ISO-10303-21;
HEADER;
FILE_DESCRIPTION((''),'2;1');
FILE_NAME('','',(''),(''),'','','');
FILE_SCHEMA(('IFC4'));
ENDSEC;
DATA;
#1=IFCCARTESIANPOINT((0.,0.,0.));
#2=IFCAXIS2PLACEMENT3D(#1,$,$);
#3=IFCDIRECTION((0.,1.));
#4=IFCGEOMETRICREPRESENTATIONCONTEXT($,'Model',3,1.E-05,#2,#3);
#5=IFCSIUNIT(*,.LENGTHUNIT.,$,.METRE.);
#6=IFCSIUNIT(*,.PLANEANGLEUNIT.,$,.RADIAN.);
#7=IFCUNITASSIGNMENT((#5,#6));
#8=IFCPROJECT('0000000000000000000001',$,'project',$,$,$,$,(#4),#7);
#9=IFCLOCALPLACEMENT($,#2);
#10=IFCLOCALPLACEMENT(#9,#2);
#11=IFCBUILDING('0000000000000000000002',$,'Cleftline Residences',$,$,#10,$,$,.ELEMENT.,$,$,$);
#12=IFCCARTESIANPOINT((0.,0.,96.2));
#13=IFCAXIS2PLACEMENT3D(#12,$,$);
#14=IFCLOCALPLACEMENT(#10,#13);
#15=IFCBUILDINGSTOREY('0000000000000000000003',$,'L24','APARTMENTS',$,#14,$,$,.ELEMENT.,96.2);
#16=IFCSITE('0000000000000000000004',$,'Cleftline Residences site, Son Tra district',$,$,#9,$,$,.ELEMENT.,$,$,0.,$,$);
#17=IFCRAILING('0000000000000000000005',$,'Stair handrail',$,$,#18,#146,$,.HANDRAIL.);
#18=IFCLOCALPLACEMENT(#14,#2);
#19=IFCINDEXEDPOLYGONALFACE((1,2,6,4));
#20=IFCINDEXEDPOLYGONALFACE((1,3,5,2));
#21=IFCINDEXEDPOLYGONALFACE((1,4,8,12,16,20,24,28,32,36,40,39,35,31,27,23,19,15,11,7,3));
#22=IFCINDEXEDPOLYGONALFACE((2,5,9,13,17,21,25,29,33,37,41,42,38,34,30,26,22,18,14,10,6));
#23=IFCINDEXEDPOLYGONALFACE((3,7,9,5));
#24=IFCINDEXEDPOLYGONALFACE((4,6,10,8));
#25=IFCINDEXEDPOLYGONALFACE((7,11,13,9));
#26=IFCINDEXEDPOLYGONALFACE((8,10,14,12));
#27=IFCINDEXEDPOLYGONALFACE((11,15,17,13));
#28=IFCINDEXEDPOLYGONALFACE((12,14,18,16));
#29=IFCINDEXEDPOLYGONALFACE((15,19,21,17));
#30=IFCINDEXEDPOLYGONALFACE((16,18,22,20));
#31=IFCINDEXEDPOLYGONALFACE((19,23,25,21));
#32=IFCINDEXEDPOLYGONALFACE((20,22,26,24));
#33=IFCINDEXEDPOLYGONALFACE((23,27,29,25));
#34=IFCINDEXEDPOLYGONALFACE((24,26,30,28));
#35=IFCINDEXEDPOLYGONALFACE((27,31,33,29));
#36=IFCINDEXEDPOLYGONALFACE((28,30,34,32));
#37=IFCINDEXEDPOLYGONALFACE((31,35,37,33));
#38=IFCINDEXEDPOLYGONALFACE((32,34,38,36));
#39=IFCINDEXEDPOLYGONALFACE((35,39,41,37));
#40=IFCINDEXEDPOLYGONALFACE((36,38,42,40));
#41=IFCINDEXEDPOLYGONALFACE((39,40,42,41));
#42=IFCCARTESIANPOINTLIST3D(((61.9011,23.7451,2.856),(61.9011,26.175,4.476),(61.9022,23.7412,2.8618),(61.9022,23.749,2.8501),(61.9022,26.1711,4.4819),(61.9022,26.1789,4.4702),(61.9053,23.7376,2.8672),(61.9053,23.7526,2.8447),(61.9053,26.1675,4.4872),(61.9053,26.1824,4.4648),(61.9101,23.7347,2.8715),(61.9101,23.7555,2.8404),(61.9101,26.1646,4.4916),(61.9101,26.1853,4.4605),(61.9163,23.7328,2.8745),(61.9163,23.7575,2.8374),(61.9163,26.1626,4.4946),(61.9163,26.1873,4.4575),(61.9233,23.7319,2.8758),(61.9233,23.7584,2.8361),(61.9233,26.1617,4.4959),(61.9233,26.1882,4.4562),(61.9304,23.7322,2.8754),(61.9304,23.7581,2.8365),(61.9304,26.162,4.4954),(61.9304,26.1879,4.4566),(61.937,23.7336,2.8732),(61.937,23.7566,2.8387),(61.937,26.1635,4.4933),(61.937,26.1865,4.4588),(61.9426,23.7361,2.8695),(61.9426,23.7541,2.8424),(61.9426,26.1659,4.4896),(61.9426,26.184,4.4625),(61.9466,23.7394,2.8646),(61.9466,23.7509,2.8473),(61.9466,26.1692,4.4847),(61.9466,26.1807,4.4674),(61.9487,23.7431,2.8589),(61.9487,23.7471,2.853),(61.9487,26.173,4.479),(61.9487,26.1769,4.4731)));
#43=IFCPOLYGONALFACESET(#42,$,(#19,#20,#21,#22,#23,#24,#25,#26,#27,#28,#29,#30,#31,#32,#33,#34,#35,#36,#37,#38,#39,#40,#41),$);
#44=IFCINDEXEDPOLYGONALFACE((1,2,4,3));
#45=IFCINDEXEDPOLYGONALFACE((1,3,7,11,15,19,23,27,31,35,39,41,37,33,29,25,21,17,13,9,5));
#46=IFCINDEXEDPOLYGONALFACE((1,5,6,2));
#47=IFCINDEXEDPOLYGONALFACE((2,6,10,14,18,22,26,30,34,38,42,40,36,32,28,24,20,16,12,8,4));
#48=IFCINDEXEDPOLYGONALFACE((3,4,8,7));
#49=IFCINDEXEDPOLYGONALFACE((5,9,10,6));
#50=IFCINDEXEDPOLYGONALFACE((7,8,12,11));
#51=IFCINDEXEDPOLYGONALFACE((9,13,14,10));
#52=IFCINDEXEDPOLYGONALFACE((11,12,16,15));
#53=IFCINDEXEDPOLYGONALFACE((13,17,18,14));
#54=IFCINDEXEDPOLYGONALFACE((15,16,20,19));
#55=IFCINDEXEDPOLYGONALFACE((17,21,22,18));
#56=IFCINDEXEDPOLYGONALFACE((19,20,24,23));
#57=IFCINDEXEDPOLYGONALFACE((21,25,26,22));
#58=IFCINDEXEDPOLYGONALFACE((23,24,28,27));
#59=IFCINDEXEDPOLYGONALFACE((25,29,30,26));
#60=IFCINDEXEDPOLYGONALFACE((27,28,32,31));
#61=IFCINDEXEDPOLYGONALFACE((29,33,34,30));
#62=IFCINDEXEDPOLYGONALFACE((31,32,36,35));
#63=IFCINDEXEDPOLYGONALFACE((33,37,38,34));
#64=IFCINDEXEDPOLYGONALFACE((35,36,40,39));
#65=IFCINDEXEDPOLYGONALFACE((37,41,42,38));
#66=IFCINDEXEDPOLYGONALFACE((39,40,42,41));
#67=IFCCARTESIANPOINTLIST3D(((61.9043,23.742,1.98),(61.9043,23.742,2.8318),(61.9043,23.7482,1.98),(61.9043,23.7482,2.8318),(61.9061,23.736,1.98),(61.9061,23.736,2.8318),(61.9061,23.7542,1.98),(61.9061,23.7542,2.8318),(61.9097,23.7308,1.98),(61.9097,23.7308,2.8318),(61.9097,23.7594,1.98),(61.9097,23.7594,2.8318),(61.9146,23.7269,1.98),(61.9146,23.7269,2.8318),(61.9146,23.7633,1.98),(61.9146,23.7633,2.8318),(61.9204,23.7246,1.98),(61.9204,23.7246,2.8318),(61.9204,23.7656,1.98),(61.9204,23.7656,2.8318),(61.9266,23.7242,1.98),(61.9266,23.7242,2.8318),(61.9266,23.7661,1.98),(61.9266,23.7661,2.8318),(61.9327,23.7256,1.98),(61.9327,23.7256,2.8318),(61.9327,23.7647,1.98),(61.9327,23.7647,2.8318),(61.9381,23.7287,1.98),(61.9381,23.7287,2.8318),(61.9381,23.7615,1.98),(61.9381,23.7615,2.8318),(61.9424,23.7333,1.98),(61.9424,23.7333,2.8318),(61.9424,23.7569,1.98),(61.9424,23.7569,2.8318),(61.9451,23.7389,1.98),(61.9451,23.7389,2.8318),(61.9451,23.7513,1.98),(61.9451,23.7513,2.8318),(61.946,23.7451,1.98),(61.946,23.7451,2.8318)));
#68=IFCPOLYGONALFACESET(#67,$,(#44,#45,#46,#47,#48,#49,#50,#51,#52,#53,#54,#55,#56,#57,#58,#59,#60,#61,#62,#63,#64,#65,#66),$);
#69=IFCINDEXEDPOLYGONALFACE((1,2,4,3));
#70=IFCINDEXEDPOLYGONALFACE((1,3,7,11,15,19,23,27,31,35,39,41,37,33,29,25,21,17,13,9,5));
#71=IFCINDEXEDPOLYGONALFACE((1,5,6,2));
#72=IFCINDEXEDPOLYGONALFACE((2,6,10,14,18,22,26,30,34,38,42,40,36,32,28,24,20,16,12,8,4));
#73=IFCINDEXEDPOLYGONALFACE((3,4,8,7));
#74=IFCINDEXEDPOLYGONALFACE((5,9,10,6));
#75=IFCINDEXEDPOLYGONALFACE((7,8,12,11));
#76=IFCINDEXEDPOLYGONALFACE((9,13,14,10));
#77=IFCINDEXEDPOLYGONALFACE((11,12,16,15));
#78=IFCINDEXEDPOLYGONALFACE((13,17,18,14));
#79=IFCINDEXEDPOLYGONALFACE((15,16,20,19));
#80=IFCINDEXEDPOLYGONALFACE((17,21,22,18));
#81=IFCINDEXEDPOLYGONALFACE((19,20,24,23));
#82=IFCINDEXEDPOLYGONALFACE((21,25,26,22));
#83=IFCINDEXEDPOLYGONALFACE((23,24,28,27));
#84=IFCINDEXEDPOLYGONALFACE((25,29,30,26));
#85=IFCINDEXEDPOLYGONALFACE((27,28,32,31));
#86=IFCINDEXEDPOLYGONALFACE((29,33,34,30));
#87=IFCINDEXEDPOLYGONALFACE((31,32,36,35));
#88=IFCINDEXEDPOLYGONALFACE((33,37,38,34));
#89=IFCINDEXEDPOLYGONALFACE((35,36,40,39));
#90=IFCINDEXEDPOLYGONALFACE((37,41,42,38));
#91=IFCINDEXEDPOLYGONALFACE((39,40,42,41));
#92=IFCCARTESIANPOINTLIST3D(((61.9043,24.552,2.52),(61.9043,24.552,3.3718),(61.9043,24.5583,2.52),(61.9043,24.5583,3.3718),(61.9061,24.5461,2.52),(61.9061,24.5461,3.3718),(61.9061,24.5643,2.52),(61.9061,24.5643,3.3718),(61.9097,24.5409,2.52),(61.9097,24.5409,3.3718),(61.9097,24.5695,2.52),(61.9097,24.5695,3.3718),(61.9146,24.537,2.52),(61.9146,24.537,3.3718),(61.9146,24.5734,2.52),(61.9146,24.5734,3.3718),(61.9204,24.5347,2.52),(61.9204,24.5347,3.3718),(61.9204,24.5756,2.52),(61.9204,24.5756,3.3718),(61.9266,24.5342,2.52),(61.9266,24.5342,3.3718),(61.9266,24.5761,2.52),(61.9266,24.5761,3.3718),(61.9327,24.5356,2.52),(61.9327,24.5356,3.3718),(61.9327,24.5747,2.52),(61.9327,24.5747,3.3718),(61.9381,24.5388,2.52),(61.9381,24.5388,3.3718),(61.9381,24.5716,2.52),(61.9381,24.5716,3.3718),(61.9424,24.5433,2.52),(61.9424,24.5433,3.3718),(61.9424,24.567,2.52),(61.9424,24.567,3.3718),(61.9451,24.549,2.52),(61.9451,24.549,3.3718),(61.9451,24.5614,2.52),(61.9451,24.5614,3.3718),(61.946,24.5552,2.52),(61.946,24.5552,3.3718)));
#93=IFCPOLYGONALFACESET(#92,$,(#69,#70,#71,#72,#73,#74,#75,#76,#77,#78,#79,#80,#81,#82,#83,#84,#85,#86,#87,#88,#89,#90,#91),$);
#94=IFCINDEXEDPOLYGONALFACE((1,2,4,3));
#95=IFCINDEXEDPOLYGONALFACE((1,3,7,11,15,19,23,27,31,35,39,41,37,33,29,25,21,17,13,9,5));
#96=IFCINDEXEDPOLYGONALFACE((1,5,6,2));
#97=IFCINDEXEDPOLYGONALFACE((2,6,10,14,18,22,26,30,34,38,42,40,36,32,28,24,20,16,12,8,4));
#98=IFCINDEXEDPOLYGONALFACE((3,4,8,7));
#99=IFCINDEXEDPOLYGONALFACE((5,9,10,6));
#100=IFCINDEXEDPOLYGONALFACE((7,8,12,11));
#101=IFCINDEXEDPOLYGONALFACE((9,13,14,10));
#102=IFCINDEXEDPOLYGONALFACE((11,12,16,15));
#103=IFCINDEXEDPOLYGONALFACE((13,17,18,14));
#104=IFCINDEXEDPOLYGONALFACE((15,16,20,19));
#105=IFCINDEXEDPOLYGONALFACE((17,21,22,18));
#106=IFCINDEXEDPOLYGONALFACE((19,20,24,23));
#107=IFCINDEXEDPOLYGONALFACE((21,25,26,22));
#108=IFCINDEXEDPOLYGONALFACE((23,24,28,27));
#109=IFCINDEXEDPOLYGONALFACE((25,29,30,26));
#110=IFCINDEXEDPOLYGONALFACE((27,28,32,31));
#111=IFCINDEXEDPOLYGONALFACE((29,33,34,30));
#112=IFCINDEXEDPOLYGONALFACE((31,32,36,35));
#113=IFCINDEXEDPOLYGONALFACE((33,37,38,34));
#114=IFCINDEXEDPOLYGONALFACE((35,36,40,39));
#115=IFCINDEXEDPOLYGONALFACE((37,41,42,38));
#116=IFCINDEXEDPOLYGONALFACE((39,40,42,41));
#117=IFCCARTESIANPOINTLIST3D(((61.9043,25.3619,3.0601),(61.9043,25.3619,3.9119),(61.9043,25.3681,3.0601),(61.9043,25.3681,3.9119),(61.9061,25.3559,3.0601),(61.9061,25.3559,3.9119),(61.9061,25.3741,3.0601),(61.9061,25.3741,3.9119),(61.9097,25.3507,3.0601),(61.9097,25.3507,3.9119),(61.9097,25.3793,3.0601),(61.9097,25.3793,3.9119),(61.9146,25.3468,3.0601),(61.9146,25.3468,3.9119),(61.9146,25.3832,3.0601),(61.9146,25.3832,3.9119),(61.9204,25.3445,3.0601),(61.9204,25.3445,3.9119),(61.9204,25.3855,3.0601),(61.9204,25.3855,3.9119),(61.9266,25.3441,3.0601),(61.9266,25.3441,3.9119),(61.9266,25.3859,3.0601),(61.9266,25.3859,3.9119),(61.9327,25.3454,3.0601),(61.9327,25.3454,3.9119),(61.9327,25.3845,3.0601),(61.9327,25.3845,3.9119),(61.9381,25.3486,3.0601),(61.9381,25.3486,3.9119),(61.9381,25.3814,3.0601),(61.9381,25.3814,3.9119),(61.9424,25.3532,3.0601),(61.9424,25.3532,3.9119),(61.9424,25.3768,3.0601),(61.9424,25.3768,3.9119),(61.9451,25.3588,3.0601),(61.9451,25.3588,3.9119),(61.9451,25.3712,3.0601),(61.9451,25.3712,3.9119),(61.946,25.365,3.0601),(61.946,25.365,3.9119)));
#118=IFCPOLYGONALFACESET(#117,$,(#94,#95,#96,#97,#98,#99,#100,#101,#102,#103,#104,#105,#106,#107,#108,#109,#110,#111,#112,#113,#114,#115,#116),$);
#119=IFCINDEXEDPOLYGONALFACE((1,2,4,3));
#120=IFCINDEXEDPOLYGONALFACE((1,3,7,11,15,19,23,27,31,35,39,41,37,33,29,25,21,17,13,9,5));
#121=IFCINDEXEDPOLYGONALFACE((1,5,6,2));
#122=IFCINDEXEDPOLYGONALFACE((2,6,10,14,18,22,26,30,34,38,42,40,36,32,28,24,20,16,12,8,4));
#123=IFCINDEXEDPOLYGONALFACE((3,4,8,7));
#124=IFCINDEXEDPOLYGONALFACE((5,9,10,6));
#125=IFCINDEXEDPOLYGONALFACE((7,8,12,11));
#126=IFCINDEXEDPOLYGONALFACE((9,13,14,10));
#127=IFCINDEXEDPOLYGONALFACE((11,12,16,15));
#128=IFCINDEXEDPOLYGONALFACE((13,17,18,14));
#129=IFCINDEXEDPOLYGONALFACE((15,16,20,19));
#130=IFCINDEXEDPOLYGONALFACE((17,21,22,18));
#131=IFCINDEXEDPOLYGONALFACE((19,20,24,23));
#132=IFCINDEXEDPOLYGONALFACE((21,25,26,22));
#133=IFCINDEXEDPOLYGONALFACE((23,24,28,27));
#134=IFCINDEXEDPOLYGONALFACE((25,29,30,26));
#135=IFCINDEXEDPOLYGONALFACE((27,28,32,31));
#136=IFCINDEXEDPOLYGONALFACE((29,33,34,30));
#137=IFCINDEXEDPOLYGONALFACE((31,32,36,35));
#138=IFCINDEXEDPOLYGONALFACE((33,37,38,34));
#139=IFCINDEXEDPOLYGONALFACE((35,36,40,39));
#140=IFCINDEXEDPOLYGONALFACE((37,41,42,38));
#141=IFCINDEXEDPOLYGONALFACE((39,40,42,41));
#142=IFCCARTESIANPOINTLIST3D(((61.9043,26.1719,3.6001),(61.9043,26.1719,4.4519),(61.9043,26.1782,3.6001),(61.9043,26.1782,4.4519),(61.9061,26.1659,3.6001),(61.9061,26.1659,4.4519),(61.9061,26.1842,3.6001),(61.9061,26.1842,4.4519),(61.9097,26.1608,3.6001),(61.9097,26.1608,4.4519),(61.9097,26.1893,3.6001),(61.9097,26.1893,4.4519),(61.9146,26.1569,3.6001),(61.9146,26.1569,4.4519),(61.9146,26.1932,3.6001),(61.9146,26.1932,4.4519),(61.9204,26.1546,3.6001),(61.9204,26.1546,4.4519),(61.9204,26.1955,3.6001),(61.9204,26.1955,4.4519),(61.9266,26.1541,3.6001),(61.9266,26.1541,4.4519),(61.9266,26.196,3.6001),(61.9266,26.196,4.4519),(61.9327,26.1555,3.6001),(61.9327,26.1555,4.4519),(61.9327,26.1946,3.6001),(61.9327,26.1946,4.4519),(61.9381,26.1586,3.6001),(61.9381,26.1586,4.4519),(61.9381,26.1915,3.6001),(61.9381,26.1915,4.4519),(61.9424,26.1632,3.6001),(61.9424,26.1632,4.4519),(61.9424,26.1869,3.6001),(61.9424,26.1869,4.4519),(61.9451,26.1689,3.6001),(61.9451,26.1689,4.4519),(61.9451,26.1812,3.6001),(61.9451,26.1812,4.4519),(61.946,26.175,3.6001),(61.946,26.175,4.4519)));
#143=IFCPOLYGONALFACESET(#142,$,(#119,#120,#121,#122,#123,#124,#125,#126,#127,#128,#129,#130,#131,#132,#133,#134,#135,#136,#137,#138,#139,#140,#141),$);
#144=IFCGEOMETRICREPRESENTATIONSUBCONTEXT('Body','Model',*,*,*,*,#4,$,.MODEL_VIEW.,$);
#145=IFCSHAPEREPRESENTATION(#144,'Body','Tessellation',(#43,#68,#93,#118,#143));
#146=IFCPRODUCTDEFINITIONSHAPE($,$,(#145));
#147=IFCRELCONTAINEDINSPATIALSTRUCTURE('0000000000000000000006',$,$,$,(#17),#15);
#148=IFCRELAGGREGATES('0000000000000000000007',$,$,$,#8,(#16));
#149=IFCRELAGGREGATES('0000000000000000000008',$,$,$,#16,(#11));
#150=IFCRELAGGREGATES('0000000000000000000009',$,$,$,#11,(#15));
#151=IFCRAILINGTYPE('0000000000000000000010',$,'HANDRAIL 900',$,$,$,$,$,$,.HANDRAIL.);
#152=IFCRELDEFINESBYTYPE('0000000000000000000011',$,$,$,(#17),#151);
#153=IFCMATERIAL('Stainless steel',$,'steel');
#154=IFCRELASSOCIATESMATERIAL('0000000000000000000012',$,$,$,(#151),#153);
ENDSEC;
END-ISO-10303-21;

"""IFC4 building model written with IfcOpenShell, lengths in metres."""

from ifc_helpers import new_model, si_unit, direction, frame, origin, origin_2d, place, context, subcontext, project, spatial, circle, extrude, material, type_object, element, save


model = new_model("IFC4")

# Units and contexts
model_context = context("Model", 3, precision=1e-05, world=origin(), true_north=direction((0.0, 1.0)))
body_context = subcontext(model_context, "Body", "Model", "MODEL_VIEW")
ifc_project = project(units=[si_unit("LENGTHUNIT", "METRE"), si_unit("PLANEANGLEUNIT", "RADIAN")], contexts=[model_context])

# Site, building, storey
site_placement = place(None, origin())
site = spatial("IfcSite", under=ifc_project, at=site_placement, Name="Cleftline Residences site, Son Tra district", CompositionType="ELEMENT", RefElevation=0.0)
building_placement = place(site_placement, origin())
building = spatial("IfcBuilding", under=site, at=building_placement, Name="Cleftline Residences", CompositionType="ELEMENT")
storey_placement = place(building_placement, frame((0.0, 0.0, 96.2)))
storey = spatial("IfcBuildingStorey", under=building, at=storey_placement, Name="L24", Description="APARTMENTS", CompositionType="ELEMENT", Elevation=96.2)

# Railing
ifc_material_1 = material(Name="Stainless steel", Category="steel")
railing_type = type_object("IfcRailingType", Name="HANDRAIL 900", PredefinedType="HANDRAIL", material=ifc_material_1)
railing_placement = place(storey_placement, frame((61.925, 23.7451, 1.98)))
element("IfcRailing", 1, at=railing_placement, inside=storey, type_object=railing_type, Name="Stair handrail", PredefinedType="HANDRAIL", context=body_context, shape_type="SweptSolid", body=[
    extrude(circle(Radius=0.0239, at=origin_2d()), frame((0.0, 0.0, 0.876), z_axis=(0.0, 0.832025, 0.554739), x_axis=(-1.0, 0.0, 0.0)), (0.0, 0.0, 1.0), 2.9204),
    extrude(circle(Radius=0.021, at=origin_2d()), origin(), (0.0, 0.0, 1.0), 0.8518),
    extrude(circle(Radius=0.021, at=origin_2d()), frame((0.0, 0.8101, 0.54)), (0.0, 0.0, 1.0), 0.8518),
    extrude(circle(Radius=0.021, at=origin_2d()), frame((0.0, 1.6199, 1.0801)), (0.0, 0.0, 1.0), 0.8518),
    extrude(circle(Radius=0.021, at=origin_2d()), frame((0.0, 2.4299, 1.6201)), (0.0, 0.0, 1.0), 0.8518),
])

save(model, "model.ifc")
